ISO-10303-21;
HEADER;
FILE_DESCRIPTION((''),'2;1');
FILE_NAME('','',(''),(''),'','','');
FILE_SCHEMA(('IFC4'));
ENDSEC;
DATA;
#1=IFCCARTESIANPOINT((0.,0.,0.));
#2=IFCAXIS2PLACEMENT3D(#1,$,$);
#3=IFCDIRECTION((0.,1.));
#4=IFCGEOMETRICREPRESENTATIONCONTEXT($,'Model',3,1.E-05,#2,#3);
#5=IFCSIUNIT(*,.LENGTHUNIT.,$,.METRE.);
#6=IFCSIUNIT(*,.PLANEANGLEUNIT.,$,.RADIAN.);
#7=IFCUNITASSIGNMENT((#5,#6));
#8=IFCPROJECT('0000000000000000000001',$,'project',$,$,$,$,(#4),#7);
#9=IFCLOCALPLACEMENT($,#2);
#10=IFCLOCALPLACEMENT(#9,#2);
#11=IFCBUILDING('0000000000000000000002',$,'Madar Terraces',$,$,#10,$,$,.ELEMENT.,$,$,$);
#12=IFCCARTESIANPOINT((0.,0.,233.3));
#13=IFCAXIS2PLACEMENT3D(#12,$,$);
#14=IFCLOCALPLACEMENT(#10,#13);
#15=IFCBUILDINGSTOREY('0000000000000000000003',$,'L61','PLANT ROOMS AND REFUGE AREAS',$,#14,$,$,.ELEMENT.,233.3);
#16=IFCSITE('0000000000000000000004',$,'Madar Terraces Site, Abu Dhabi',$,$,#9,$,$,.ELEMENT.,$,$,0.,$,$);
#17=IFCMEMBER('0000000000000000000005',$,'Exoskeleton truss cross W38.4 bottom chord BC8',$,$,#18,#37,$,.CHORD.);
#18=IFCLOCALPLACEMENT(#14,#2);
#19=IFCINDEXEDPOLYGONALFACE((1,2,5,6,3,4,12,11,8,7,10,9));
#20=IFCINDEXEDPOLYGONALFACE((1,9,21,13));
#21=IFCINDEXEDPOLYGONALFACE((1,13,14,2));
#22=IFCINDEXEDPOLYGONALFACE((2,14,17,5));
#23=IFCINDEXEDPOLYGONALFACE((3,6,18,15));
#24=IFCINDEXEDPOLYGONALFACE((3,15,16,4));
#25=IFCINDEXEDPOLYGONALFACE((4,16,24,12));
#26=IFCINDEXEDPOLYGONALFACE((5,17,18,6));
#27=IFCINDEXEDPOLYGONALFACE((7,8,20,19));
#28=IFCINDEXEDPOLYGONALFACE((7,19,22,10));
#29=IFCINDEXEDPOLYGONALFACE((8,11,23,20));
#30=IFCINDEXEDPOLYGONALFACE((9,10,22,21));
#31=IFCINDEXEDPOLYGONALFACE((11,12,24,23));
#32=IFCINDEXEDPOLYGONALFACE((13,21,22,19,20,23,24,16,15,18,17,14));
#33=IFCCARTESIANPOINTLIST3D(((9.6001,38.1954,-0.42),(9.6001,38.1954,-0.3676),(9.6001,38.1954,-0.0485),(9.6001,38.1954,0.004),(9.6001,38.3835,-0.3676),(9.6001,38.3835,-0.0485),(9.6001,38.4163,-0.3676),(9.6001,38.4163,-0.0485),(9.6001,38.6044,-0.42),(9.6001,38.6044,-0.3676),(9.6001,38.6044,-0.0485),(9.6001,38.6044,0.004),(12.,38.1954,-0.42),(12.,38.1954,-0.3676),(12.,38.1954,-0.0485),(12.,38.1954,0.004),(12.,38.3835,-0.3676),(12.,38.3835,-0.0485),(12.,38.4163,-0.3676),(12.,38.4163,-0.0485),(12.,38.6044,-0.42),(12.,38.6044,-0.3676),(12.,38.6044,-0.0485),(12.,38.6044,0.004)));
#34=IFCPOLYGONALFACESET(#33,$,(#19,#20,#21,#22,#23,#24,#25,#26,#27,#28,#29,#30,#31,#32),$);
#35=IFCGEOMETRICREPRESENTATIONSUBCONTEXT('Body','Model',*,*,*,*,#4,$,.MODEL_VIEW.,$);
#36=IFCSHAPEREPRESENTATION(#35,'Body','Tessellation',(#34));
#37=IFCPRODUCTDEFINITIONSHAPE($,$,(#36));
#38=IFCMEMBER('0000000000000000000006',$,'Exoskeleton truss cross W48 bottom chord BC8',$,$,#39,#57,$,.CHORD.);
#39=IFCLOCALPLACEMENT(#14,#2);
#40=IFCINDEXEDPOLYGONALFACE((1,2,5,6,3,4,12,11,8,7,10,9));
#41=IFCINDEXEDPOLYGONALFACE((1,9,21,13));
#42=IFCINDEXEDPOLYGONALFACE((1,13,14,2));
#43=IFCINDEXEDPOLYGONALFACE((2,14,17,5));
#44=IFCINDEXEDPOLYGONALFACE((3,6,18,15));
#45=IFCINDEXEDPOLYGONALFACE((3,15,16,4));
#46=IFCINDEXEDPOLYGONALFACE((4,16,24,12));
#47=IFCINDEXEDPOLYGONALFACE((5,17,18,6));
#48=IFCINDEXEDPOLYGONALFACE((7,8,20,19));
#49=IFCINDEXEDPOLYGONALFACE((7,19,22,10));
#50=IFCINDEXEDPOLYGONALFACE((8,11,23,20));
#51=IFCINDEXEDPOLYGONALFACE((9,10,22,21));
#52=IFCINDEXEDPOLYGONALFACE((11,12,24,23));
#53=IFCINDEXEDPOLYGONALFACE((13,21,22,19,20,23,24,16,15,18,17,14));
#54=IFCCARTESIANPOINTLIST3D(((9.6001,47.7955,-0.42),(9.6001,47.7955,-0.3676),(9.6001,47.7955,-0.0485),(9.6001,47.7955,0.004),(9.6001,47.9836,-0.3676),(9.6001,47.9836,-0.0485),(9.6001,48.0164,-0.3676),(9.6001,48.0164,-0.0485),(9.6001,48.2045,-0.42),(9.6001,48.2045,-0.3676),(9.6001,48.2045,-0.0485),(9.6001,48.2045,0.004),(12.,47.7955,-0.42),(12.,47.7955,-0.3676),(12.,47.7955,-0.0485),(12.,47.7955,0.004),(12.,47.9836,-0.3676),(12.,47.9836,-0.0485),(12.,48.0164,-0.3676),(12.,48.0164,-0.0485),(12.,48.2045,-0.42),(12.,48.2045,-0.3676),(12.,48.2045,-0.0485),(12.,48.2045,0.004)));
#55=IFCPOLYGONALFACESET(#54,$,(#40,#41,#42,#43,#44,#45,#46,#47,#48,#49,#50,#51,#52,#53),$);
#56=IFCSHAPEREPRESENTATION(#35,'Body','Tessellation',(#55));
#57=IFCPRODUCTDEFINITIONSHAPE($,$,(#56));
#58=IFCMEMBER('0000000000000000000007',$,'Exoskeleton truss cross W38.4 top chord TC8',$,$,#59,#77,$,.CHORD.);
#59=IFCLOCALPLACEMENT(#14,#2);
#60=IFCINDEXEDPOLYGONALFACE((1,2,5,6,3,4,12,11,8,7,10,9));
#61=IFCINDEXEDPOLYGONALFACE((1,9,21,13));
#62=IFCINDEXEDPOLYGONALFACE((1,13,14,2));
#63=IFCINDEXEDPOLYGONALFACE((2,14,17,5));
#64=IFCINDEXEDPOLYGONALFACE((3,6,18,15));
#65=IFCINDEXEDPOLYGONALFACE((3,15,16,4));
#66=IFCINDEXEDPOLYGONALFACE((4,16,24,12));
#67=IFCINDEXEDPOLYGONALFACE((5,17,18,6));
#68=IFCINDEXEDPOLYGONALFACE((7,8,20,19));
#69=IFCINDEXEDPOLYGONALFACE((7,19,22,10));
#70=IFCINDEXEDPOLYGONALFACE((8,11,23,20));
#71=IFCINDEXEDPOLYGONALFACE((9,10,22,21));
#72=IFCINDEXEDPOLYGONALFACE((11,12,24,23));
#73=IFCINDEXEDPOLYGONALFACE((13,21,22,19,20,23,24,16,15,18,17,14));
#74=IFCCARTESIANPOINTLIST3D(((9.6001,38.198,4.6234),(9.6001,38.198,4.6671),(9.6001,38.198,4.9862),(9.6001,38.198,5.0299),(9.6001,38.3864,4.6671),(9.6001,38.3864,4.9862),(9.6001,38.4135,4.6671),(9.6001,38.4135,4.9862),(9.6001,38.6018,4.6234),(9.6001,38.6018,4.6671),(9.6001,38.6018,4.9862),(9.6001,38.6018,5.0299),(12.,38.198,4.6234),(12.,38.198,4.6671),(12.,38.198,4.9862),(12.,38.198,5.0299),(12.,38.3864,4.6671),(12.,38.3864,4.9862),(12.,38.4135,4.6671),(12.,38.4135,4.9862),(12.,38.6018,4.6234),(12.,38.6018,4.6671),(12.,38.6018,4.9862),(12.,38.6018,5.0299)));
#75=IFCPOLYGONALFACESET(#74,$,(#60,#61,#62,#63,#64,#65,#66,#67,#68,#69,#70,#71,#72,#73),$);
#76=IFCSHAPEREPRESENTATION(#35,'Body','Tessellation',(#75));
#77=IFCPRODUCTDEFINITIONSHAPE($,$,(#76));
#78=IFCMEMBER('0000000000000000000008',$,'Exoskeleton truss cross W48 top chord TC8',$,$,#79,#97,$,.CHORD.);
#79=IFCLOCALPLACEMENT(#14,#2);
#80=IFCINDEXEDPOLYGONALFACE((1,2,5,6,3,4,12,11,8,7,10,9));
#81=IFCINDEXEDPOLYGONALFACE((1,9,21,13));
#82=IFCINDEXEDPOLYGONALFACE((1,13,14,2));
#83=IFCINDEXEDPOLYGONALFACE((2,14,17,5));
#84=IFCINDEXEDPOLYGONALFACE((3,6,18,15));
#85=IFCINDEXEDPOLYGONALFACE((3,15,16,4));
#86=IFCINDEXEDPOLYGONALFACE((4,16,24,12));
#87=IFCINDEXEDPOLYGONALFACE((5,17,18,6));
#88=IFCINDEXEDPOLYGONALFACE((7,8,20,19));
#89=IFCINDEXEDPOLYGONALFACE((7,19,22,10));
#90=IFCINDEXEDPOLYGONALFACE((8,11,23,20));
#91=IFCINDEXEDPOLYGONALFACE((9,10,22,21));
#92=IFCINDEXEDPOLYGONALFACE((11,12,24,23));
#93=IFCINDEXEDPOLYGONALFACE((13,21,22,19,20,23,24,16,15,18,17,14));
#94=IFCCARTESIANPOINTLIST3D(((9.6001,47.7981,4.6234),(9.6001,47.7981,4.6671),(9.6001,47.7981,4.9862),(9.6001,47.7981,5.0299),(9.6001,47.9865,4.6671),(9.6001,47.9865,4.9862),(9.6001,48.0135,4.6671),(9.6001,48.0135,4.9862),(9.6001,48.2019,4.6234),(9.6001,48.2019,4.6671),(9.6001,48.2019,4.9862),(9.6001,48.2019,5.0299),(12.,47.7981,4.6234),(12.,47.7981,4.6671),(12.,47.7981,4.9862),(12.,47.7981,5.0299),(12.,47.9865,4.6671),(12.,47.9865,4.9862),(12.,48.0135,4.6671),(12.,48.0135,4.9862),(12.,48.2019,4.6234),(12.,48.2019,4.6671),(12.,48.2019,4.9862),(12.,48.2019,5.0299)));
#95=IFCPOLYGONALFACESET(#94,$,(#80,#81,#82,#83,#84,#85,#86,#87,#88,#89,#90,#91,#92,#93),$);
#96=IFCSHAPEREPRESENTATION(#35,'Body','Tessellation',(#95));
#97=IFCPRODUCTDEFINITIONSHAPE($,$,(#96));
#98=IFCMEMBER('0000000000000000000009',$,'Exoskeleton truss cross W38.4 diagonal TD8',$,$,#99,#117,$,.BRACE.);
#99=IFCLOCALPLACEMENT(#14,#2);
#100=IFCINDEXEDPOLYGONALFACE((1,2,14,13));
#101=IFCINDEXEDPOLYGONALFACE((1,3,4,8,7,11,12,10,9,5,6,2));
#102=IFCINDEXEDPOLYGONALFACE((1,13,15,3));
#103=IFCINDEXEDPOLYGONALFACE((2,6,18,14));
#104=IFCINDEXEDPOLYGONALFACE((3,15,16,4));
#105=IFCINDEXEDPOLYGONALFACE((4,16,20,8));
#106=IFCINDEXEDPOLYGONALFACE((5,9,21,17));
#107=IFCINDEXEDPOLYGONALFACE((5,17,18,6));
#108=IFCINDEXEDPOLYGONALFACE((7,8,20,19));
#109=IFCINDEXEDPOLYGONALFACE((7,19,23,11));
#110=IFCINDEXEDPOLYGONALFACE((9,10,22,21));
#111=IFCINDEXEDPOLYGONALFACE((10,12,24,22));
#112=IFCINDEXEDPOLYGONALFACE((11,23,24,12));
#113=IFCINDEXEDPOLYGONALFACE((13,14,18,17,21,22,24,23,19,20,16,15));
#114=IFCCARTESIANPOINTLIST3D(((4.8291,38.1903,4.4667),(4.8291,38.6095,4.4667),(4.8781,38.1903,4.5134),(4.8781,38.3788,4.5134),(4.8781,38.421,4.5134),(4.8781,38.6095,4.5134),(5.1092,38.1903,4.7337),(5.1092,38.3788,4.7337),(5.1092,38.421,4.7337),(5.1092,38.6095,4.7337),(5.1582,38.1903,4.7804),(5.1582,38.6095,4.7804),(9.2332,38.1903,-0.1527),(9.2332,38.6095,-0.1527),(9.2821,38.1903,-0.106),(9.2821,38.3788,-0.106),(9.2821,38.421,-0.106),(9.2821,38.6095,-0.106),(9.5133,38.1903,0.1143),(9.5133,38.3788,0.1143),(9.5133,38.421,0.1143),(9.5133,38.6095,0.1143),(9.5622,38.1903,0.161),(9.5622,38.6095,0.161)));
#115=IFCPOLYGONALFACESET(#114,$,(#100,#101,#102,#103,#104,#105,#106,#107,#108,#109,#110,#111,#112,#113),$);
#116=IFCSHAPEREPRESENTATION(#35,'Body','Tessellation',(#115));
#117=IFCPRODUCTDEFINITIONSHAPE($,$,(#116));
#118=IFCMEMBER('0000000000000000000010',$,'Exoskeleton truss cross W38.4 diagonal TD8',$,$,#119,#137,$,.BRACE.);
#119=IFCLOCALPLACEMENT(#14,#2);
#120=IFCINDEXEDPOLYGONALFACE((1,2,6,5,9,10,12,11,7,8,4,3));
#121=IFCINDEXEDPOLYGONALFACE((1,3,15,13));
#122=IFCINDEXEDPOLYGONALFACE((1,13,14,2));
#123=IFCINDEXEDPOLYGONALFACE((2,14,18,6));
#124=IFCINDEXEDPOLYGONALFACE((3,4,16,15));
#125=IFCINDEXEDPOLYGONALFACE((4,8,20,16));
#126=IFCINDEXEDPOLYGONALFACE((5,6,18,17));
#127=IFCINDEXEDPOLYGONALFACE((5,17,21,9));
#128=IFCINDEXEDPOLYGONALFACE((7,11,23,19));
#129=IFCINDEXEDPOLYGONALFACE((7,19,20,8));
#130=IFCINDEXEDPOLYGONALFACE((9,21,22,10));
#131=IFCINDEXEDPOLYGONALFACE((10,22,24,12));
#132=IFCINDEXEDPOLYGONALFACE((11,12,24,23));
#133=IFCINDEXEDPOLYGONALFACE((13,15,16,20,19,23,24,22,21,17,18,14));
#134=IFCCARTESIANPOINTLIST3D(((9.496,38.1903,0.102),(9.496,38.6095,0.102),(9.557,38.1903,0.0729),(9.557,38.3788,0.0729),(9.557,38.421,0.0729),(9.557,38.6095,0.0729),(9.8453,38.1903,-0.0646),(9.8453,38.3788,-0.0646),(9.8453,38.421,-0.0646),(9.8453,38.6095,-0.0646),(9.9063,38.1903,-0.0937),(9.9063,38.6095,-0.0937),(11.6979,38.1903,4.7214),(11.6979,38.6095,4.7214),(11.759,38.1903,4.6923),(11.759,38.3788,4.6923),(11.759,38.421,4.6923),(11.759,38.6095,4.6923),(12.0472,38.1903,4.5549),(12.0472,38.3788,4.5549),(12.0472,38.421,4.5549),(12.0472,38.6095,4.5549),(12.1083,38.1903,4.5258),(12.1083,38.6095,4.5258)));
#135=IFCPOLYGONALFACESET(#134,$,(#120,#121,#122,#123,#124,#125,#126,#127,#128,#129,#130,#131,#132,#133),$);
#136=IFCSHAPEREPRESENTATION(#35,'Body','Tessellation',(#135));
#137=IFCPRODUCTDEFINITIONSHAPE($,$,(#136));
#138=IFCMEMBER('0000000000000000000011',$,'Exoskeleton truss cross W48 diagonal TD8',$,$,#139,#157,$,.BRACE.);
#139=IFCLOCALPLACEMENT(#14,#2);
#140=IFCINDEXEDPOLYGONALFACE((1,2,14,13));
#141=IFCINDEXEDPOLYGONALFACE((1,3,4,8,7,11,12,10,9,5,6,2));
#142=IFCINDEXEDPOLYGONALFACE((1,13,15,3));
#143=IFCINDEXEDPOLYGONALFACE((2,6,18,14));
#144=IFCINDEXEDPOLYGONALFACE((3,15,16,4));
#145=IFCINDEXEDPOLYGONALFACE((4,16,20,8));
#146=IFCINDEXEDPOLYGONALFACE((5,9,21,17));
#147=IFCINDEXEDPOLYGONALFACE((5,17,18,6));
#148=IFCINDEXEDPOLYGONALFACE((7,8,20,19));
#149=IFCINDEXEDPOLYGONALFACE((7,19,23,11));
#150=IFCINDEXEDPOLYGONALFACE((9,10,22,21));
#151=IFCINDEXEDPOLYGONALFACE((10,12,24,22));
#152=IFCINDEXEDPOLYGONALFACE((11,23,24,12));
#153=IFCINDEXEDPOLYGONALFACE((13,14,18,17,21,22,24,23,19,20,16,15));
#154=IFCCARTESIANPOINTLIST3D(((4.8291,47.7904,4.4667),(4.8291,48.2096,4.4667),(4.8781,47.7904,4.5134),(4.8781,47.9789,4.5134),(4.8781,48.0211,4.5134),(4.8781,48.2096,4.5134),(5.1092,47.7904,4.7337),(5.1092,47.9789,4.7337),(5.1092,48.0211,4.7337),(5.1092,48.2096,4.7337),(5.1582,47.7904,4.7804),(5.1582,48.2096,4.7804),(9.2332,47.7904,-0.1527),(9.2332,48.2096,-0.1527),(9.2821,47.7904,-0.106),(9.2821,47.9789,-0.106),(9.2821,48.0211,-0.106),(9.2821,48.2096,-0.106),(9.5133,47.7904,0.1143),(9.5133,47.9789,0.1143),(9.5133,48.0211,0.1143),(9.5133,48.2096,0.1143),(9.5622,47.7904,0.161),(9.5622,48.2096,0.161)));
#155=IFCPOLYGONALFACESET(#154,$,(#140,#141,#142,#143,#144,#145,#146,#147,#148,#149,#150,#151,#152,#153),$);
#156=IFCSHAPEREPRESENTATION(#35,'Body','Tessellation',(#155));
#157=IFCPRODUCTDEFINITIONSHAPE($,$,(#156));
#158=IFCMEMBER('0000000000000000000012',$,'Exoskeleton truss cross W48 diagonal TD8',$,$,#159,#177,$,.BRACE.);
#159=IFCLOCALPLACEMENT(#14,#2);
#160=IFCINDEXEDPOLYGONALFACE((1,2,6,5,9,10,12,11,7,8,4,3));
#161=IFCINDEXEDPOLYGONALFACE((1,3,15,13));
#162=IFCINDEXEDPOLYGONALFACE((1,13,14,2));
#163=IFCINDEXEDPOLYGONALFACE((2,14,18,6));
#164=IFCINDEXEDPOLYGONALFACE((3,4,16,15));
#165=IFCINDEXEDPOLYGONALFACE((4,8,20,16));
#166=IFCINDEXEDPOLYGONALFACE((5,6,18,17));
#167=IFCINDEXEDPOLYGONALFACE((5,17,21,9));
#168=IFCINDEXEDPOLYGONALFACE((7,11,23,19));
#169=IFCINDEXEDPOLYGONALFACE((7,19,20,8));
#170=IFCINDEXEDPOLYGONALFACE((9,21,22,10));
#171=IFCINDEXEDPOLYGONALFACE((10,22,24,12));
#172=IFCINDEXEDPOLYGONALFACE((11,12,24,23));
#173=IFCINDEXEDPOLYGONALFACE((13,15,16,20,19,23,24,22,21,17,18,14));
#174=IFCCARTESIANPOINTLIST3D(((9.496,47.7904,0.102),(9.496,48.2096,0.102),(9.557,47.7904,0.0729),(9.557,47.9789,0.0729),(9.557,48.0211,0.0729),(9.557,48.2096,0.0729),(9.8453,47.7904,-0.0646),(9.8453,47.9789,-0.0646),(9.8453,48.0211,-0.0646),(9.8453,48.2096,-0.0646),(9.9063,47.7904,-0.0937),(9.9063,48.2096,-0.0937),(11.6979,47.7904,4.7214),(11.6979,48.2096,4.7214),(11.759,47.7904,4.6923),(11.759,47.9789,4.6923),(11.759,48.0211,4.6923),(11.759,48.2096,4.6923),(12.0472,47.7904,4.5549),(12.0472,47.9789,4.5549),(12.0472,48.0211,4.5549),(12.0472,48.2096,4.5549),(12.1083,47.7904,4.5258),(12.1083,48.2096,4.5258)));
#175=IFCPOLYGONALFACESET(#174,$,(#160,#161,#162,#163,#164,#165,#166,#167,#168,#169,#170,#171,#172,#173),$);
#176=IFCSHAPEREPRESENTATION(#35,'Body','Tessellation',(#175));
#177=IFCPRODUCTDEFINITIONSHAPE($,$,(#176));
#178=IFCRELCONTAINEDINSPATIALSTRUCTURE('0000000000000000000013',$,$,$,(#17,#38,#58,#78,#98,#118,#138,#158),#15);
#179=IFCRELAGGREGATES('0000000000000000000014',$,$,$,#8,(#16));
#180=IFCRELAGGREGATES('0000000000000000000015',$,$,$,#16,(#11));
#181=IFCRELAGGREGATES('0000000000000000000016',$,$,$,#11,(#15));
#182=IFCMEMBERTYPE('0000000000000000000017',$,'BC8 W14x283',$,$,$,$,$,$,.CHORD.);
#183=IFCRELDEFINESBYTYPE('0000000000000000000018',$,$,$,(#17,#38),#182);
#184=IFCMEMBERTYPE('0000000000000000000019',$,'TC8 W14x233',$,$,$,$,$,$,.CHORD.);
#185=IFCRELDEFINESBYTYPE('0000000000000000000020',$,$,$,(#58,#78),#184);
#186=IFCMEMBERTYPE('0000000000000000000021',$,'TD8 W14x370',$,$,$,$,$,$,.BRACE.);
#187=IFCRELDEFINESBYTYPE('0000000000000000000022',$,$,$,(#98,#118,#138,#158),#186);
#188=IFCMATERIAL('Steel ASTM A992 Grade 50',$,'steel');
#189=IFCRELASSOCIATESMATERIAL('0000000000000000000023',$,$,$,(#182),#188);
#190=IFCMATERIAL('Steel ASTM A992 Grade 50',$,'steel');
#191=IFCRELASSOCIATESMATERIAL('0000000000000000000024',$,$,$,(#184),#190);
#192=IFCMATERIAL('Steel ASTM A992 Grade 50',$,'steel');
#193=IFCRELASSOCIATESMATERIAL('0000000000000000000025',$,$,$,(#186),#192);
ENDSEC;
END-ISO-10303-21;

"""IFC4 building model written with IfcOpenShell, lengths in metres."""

from ifc_helpers import new_model, si_unit, direction, frame, origin, origin_2d, place, context, subcontext, project, spatial, i_section, extrude, material, material_profile, profile_set, type_object, element, save


model = new_model("IFC4")

# Units and contexts
model_context = context("Model", 3, precision=1e-05, world=origin(), true_north=direction((0.0, 1.0)))
body_context = subcontext(model_context, "Body", "Model", "MODEL_VIEW")
ifc_project = project(units=[si_unit("LENGTHUNIT", "METRE"), si_unit("PLANEANGLEUNIT", "RADIAN")], contexts=[model_context])

# Site, building, storey
site_placement = place(None, origin())
site = spatial("IfcSite", under=ifc_project, at=site_placement, Name="Madar Terraces Site, Abu Dhabi", CompositionType="ELEMENT", RefElevation=0.0)
building_placement = place(site_placement, origin())
building = spatial("IfcBuilding", under=site, at=building_placement, Name="Madar Terraces", CompositionType="ELEMENT")
storey_placement = place(building_placement, frame((0.0, 0.0, 233.3)))
storey = spatial("IfcBuildingStorey", under=building, at=storey_placement, Name="L61", Description="PLANT ROOMS AND REFUGE AREAS", CompositionType="ELEMENT", Elevation=233.3)

# Members
ifc_material_1 = material(Name="Steel ASTM A992 Grade 50", Category="steel")
ifc_material_profile_1 = material_profile(ifc_material_1, i_section(OverallWidth=0.4089, OverallDepth=0.4241, WebThickness=0.0327, FlangeThickness=0.0525, at=origin_2d()), Name="W14x283")
ifc_profile_set_1 = profile_set([ifc_material_profile_1], Name="Steel ASTM A992 Grade 50")
member_type_1 = type_object("IfcMemberType", Name="BC8 W14x283", PredefinedType="CHORD", material=ifc_profile_set_1)
for number, where, z_axis, x_axis, name in (
    (1, (9.6001, 38.3999, -0.208), (1.0, 0.0, 0.0), (0.0, 1.0, 0.0), "Exoskeleton truss cross W38.4 bottom chord BC8"),
    (2, (9.6001, 48.0, -0.208), (1.0, 0.0, 0.0), (0.0, 1.0, 0.0), "Exoskeleton truss cross W48 bottom chord BC8"),
):
    element("IfcMember", number, at=place(storey_placement, frame(where, z_axis=z_axis, x_axis=x_axis)), inside=storey, type_object=member_type_1, Name=name, PredefinedType="CHORD", context=body_context, shape_type="SweptSolid", body=[
        extrude(i_section(OverallWidth=0.4089, OverallDepth=0.4241, WebThickness=0.0327, FlangeThickness=0.0525, at=origin_2d()), origin(), (0.0, 0.0, 1.0), 2.3999),
    ])
ifc_material_2 = material(Name="Steel ASTM A992 Grade 50", Category="steel")
ifc_material_profile_2 = material_profile(ifc_material_2, i_section(OverallWidth=0.4038, OverallDepth=0.4065, WebThickness=0.0271, FlangeThickness=0.0437, at=origin_2d()), Name="W14x233")
ifc_profile_set_2 = profile_set([ifc_material_profile_2], Name="Steel ASTM A992 Grade 50")
member_type_2 = type_object("IfcMemberType", Name="TC8 W14x233", PredefinedType="CHORD", material=ifc_profile_set_2)
for number, where, z_axis, x_axis, name in (
    (3, (9.6001, 38.3999, 4.8267), (1.0, 0.0, 0.0), (0.0, 1.0, 0.0), "Exoskeleton truss cross W38.4 top chord TC8"),
    (4, (9.6001, 48.0, 4.8267), (1.0, 0.0, 0.0), (0.0, 1.0, 0.0), "Exoskeleton truss cross W48 top chord TC8"),
):
    element("IfcMember", number, at=place(storey_placement, frame(where, z_axis=z_axis, x_axis=x_axis)), inside=storey, type_object=member_type_2, Name=name, PredefinedType="CHORD", context=body_context, shape_type="SweptSolid", body=[
        extrude(i_section(OverallWidth=0.4038, OverallDepth=0.4065, WebThickness=0.0271, FlangeThickness=0.0437, at=origin_2d()), origin(), (0.0, 0.0, 1.0), 2.3999),
    ])
ifc_material_3 = material(Name="Steel ASTM A992 Grade 50", Category="steel")
ifc_material_profile_3 = material_profile(ifc_material_3, i_section(OverallWidth=0.4192, OverallDepth=0.4546, WebThickness=0.0422, FlangeThickness=0.0676, at=origin_2d()), Name="W14x370")
ifc_profile_set_3 = profile_set([ifc_material_profile_3], Name="Steel ASTM A992 Grade 50")
member_type_3 = type_object("IfcMemberType", Name="TD8 W14x370", PredefinedType="BRACE", material=ifc_profile_set_3)
member_1_placement = place(storey_placement, frame((4.9937, 38.3999, 4.6235), z_axis=(0.690036, 0.0, -0.723775), x_axis=(0.0, 1.0, 0.0)))
element("IfcMember", 5, at=member_1_placement, inside=storey, type_object=member_type_3, Name="Exoskeleton truss cross W38.4 diagonal TD8", PredefinedType="BRACE", context=body_context, shape_type="SweptSolid", body=[
    extrude(i_section(OverallWidth=0.4192, OverallDepth=0.4546, WebThickness=0.0422, FlangeThickness=0.0676, at=origin_2d()), origin(), (0.0, 0.0, 1.0), 6.3823),
])
member_2_placement = place(storey_placement, frame((9.7012, 38.3999, 0.0042), z_axis=(0.430284, 0.0, 0.902694), x_axis=(0.0, 1.0, 0.0)))
element("IfcMember", 6, at=member_2_placement, inside=storey, type_object=member_type_3, Name="Exoskeleton truss cross W38.4 diagonal TD8", PredefinedType="BRACE", context=body_context, shape_type="SweptSolid", body=[
    extrude(i_section(OverallWidth=0.4192, OverallDepth=0.4546, WebThickness=0.0422, FlangeThickness=0.0676, at=origin_2d()), origin(), (0.0, 0.0, 1.0), 5.1174),
])
member_3_placement = place(storey_placement, frame((4.9937, 48.0, 4.6235), z_axis=(0.690036, 0.0, -0.723775), x_axis=(0.0, 1.0, 0.0)))
element("IfcMember", 7, at=member_3_placement, inside=storey, type_object=member_type_3, Name="Exoskeleton truss cross W48 diagonal TD8", PredefinedType="BRACE", context=body_context, shape_type="SweptSolid", body=[
    extrude(i_section(OverallWidth=0.4192, OverallDepth=0.4546, WebThickness=0.0422, FlangeThickness=0.0676, at=origin_2d()), origin(), (0.0, 0.0, 1.0), 6.3823),
])
member_4_placement = place(storey_placement, frame((9.7012, 48.0, 0.0042), z_axis=(0.430284, 0.0, 0.902694), x_axis=(0.0, 1.0, 0.0)))
element("IfcMember", 8, at=member_4_placement, inside=storey, type_object=member_type_3, Name="Exoskeleton truss cross W48 diagonal TD8", PredefinedType="BRACE", context=body_context, shape_type="SweptSolid", body=[
    extrude(i_section(OverallWidth=0.4192, OverallDepth=0.4546, WebThickness=0.0422, FlangeThickness=0.0676, at=origin_2d()), origin(), (0.0, 0.0, 1.0), 5.1174),
])

save(model, "model.ifc")
